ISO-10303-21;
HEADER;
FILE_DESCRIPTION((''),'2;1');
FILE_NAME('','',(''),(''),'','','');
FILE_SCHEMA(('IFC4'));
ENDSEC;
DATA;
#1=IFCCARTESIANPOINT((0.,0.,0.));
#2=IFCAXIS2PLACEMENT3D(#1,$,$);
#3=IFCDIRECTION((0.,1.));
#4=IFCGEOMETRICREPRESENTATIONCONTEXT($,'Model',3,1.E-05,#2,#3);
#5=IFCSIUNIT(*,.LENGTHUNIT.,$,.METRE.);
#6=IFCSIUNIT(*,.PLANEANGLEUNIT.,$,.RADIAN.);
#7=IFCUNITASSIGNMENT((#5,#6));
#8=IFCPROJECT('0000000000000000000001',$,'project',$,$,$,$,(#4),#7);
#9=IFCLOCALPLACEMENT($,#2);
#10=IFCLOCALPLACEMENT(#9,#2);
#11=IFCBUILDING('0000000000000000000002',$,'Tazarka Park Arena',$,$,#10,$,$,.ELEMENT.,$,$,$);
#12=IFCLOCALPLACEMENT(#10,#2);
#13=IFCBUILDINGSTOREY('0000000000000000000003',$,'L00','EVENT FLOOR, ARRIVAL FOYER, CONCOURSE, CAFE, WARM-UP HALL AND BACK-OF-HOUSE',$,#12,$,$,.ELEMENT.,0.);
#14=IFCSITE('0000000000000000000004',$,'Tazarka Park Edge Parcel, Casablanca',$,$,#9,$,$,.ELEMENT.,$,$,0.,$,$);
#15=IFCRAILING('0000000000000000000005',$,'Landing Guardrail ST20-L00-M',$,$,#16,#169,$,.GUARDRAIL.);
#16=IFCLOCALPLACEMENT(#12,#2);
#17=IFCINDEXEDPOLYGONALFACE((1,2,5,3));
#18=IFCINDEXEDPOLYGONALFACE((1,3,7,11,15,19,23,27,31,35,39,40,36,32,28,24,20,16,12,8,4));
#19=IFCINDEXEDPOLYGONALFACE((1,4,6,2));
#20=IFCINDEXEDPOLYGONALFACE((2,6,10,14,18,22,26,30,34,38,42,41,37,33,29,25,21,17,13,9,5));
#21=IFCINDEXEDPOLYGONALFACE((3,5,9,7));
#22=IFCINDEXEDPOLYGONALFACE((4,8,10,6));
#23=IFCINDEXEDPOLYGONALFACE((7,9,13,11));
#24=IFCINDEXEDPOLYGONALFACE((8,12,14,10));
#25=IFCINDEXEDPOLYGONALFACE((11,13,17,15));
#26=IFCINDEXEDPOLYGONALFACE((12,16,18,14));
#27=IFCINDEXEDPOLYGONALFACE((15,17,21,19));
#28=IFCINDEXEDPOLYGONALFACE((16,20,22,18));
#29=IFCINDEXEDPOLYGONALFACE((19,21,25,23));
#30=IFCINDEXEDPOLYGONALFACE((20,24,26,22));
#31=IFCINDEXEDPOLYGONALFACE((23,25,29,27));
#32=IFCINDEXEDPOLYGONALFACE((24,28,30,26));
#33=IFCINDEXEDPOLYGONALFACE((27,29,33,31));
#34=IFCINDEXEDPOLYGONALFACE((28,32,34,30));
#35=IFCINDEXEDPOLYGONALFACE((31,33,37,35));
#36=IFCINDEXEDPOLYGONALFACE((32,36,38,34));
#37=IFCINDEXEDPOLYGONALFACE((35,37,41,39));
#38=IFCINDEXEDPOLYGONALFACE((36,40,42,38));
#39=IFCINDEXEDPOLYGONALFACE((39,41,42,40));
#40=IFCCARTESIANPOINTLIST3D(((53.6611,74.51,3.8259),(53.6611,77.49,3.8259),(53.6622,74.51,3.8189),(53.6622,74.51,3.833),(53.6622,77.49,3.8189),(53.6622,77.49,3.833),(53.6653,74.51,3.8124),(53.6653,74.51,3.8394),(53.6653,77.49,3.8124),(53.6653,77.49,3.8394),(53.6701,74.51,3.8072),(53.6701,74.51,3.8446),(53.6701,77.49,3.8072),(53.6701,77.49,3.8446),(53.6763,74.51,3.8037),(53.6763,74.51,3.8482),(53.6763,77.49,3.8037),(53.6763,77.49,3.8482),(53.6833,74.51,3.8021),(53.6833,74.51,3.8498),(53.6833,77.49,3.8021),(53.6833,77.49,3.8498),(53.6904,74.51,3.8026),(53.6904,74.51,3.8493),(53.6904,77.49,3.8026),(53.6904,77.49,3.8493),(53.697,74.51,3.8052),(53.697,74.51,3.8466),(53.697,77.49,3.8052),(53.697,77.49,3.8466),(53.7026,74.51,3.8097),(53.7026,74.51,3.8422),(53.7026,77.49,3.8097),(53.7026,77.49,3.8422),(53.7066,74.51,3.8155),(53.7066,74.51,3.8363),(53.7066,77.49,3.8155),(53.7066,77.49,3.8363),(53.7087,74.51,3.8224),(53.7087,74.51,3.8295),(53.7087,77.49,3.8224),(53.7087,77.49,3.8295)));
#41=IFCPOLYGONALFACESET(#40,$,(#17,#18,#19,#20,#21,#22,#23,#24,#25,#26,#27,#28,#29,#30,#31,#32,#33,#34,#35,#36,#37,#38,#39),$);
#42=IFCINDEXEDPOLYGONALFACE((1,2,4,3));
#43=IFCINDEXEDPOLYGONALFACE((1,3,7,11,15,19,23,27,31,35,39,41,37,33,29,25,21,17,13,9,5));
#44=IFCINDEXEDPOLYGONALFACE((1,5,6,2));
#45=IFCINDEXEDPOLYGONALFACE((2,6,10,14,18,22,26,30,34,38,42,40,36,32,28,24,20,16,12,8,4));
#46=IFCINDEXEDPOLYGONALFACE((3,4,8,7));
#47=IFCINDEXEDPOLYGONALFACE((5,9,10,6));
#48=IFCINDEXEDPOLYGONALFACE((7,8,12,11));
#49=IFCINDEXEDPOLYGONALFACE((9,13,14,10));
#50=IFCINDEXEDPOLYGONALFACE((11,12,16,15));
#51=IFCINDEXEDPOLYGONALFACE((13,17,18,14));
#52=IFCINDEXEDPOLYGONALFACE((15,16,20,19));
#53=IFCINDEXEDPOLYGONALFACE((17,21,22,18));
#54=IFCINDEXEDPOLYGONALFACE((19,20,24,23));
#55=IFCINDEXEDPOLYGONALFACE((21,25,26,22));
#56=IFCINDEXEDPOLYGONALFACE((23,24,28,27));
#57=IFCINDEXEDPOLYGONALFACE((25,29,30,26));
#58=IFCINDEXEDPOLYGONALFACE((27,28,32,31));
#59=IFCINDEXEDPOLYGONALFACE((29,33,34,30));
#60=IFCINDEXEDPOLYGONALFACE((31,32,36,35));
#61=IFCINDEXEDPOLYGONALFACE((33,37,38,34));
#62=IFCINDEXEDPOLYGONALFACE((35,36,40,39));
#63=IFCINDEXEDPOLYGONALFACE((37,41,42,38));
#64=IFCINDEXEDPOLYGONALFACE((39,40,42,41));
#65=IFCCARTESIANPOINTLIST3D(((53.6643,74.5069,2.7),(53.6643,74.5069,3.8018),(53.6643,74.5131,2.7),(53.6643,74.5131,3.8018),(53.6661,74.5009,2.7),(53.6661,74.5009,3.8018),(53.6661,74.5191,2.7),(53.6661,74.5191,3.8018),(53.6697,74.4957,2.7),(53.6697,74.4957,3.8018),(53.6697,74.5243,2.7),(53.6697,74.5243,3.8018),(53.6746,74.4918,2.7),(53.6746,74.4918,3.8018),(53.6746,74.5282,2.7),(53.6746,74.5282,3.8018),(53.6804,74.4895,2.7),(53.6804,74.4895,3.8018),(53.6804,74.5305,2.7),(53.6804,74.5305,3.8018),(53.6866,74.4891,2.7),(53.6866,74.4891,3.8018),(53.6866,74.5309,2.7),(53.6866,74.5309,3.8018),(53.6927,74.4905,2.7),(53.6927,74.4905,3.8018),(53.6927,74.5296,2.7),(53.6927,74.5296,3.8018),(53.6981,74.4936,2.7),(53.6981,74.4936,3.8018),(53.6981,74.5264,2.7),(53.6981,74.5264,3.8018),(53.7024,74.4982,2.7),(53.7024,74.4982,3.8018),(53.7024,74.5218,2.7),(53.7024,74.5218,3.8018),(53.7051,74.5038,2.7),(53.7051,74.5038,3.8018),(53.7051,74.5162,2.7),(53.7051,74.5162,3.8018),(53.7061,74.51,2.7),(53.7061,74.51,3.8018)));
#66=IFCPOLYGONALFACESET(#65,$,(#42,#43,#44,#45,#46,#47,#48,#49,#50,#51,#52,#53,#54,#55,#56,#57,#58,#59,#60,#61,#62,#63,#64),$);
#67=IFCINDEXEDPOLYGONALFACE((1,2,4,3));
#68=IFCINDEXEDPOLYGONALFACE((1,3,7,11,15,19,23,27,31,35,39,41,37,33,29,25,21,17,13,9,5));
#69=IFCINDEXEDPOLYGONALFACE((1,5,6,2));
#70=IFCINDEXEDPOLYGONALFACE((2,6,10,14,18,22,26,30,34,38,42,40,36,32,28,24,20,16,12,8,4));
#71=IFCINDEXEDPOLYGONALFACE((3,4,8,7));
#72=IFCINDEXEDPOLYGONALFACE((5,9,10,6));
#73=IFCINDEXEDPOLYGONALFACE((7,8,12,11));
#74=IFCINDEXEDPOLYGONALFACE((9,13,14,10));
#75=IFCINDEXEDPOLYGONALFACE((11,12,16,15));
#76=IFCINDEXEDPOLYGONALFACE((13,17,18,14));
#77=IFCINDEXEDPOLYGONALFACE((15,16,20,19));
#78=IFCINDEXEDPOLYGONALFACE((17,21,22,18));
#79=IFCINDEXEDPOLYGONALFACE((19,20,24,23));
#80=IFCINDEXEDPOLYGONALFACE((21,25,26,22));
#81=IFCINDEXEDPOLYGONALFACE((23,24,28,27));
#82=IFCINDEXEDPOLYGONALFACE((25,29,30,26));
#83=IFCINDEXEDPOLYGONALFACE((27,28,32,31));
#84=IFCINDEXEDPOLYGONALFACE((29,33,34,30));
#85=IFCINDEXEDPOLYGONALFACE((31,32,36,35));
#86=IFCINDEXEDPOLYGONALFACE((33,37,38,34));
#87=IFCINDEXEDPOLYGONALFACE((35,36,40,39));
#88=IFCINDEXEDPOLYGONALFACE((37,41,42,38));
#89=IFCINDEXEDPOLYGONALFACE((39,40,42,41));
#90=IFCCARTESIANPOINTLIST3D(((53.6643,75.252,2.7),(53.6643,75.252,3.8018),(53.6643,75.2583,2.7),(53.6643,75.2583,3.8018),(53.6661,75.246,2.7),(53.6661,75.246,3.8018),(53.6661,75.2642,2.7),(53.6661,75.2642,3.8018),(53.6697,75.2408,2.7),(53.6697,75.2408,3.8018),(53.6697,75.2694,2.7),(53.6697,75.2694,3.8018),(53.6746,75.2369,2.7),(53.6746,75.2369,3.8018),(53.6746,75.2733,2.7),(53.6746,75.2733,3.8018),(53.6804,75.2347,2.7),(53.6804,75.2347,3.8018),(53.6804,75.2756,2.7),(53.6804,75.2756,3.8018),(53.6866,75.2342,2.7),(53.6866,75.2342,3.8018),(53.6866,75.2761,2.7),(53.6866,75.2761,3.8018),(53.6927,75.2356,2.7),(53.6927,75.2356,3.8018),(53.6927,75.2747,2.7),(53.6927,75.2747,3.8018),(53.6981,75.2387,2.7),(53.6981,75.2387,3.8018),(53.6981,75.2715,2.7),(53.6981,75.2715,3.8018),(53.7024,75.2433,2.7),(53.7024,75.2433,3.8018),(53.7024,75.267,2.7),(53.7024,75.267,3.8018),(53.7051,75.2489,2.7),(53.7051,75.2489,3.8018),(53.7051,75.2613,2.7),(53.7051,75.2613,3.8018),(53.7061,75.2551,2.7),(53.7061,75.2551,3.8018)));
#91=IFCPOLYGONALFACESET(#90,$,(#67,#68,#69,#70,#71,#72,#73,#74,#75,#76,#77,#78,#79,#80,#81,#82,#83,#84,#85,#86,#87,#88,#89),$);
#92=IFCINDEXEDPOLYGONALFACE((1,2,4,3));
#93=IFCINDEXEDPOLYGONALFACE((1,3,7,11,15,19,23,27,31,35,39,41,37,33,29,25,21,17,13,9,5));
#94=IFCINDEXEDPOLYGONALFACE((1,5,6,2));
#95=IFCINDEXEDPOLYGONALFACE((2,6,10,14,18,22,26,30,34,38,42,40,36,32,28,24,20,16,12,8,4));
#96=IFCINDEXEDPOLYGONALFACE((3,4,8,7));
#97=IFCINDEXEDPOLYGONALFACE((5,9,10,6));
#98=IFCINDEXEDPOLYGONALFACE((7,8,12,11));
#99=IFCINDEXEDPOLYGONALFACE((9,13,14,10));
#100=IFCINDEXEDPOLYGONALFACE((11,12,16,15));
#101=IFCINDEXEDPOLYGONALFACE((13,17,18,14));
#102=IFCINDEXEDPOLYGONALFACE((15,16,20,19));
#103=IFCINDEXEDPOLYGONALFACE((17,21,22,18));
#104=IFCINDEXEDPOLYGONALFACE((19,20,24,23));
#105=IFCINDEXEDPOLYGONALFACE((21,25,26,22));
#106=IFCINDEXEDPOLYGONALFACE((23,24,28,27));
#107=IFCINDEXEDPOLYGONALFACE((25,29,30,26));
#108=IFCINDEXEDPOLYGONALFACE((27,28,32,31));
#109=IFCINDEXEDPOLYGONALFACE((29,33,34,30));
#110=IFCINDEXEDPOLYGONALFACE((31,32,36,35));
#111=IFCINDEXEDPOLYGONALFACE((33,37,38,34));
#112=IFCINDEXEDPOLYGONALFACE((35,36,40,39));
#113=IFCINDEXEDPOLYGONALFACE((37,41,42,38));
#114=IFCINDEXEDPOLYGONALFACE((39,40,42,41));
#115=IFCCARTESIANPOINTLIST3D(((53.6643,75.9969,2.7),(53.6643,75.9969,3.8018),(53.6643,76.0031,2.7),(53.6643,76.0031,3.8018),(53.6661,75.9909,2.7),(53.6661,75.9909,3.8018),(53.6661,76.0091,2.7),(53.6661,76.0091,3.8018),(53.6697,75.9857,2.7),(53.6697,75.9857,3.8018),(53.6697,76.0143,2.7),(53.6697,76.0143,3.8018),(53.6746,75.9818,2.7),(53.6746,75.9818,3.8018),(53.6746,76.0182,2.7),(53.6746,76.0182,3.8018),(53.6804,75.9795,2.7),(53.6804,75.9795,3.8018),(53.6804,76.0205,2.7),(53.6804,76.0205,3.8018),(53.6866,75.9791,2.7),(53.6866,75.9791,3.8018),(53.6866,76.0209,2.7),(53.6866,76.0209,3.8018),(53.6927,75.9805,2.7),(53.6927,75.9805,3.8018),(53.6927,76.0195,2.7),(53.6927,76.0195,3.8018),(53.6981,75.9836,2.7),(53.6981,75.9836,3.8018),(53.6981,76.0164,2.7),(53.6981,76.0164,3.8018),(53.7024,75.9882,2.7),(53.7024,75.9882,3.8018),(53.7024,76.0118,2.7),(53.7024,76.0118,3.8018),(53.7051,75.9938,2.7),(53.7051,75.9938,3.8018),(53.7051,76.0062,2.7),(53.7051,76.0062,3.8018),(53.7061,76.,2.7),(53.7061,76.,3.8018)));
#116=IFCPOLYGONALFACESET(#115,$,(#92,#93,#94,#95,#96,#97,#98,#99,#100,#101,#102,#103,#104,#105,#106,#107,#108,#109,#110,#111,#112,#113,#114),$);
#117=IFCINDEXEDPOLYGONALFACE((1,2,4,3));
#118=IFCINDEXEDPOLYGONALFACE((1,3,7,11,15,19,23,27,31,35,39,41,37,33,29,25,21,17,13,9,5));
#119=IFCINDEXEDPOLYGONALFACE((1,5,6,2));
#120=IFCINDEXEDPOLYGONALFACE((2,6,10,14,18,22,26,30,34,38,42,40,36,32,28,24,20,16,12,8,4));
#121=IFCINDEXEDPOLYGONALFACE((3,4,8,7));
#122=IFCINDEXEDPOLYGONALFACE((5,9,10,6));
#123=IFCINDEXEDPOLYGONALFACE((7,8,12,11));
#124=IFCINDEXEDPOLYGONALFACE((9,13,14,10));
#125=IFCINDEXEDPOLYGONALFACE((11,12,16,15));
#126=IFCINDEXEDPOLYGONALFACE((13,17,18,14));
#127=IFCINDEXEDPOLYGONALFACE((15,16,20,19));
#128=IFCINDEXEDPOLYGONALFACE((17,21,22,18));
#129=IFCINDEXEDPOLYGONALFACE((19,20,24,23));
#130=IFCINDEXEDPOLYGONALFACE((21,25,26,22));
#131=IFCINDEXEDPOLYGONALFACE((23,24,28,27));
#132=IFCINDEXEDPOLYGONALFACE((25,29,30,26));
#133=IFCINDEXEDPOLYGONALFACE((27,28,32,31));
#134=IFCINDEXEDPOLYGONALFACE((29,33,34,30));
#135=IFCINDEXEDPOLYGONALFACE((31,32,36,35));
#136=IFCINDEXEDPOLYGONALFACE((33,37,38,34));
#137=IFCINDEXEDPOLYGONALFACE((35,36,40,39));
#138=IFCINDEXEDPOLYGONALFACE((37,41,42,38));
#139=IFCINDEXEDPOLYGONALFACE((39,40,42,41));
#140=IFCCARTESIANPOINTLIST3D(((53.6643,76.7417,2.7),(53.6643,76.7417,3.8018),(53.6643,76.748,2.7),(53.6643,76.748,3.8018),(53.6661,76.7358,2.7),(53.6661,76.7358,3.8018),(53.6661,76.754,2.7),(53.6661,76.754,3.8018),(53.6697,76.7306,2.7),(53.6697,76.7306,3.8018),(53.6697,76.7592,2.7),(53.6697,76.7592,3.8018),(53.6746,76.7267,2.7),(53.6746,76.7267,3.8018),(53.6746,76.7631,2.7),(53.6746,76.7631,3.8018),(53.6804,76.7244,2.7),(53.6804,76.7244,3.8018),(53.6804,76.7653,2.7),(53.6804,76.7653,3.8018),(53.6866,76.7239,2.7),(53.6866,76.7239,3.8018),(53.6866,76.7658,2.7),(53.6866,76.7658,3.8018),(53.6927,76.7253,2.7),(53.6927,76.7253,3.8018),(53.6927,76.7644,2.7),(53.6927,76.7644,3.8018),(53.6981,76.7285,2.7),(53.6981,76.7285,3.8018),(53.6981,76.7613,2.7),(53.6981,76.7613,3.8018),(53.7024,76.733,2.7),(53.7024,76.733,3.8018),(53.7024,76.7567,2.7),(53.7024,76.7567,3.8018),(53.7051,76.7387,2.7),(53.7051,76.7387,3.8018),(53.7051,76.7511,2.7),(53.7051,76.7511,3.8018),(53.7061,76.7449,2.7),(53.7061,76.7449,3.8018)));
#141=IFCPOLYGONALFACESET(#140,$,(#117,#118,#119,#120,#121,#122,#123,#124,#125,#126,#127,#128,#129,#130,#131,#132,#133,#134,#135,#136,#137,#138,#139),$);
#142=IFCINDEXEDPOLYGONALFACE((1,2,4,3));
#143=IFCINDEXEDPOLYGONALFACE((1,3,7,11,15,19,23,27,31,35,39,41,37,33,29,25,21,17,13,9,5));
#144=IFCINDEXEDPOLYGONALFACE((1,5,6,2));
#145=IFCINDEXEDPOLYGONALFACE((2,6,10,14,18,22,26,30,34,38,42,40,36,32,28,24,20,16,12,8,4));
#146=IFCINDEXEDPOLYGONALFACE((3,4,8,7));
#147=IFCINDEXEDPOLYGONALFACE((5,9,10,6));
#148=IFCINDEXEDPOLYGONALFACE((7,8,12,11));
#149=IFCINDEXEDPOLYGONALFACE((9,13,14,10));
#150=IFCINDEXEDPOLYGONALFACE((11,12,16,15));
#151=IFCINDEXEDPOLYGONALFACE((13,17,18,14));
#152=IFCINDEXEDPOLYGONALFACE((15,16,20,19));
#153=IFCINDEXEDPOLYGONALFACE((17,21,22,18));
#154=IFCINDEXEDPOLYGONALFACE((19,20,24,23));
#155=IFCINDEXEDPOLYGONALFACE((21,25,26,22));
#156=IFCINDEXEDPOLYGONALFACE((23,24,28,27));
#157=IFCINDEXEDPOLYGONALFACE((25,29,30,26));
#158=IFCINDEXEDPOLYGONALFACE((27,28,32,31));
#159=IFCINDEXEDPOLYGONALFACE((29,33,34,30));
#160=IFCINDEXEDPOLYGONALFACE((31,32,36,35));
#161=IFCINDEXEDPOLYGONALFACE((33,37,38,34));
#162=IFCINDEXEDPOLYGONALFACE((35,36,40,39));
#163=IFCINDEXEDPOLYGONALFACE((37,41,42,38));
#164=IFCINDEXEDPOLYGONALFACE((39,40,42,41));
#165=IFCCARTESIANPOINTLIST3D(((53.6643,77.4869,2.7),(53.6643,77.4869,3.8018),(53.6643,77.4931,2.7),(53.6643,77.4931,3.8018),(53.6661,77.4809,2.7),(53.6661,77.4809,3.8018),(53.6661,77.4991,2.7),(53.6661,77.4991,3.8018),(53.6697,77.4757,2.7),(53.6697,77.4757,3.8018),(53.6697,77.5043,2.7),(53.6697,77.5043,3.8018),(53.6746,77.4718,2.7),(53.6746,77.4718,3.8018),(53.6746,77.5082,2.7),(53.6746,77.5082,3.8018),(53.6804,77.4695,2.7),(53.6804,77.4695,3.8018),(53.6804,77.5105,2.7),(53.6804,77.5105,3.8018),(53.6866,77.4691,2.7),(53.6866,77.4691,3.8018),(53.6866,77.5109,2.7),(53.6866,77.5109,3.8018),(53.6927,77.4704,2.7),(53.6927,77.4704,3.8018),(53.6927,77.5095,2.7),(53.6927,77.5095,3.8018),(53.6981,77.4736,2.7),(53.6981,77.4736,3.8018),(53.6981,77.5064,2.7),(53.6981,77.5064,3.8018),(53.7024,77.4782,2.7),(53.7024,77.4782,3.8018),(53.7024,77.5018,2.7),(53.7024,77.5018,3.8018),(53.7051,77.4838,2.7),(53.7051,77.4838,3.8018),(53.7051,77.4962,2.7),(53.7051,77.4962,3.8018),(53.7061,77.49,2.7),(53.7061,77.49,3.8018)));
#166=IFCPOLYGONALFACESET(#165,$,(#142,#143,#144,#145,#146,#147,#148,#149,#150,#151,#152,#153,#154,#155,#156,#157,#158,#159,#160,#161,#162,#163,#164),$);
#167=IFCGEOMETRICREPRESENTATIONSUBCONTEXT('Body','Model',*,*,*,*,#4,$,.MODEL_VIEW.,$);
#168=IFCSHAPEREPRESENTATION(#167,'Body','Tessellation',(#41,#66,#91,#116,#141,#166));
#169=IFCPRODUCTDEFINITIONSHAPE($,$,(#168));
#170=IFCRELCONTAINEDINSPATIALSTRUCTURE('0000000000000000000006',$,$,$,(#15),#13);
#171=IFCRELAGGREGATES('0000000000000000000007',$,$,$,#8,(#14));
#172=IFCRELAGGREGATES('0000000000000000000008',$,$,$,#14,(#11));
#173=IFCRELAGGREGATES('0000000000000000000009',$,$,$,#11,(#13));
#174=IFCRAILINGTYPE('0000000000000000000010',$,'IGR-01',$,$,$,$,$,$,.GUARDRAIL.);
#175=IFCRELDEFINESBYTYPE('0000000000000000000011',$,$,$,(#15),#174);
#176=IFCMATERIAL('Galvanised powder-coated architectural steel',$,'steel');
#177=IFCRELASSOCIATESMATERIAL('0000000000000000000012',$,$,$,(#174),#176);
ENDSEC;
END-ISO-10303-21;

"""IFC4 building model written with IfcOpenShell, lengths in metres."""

from ifc_helpers import new_model, si_unit, direction, frame, origin, origin_2d, place, context, subcontext, project, spatial, circle, extrude, material, type_object, element, save


model = new_model("IFC4")

# Units and contexts
model_context = context("Model", 3, precision=1e-05, world=origin(), true_north=direction((0.0, 1.0)))
body_context = subcontext(model_context, "Body", "Model", "MODEL_VIEW")
ifc_project = project(units=[si_unit("LENGTHUNIT", "METRE"), si_unit("PLANEANGLEUNIT", "RADIAN")], contexts=[model_context])

# Site, building, storey
site_placement = place(None, origin())
site = spatial("IfcSite", under=ifc_project, at=site_placement, Name="Tazarka Park Edge Parcel, Casablanca", CompositionType="ELEMENT", RefElevation=0.0)
building_placement = place(site_placement, origin())
building = spatial("IfcBuilding", under=site, at=building_placement, Name="Tazarka Park Arena", CompositionType="ELEMENT")
storey_placement = place(building_placement, origin())
storey = spatial("IfcBuildingStorey", under=building, at=storey_placement, Name="L00", Description="EVENT FLOOR, ARRIVAL FOYER, CONCOURSE, CAFE, WARM-UP HALL AND BACK-OF-HOUSE", CompositionType="ELEMENT", Elevation=0.0)

# Railing
ifc_material_1 = material(Name="Galvanised powder-coated architectural steel", Category="steel")
railing_type_1 = type_object("IfcRailingType", Name="IGR-01", PredefinedType="GUARDRAIL", material=ifc_material_1)
for number, where, name in (
    (1, (53.6851, 74.51, 2.7), "Landing Guardrail ST20-L00-M"),
):
    element("IfcRailing", number, at=place(storey_placement, frame(where)), inside=storey, type_object=railing_type_1, Name=name, PredefinedType="GUARDRAIL", context=body_context, shape_type="SweptSolid", body=[
        extrude(circle(Radius=0.0239, at=origin_2d()), frame((0.0, 0.0, 1.126), z_axis=(0.0, 1.0, 0.0), x_axis=(-1.0, 0.0, 0.0)), (0.0, 0.0, 1.0), 2.98),
        extrude(circle(Radius=0.021, at=origin_2d()), origin(), (0.0, 0.0, 1.0), 1.1018),
        extrude(circle(Radius=0.021, at=origin_2d()), frame((0.0, 0.7451, 0.0)), (0.0, 0.0, 1.0), 1.1018),
        extrude(circle(Radius=0.021, at=origin_2d()), frame((0.0, 1.49, 0.0)), (0.0, 0.0, 1.0), 1.1018),
        extrude(circle(Radius=0.021, at=origin_2d()), frame((0.0, 2.2349, 0.0)), (0.0, 0.0, 1.0), 1.1018),
        extrude(circle(Radius=0.021, at=origin_2d()), frame((0.0, 2.98, 0.0)), (0.0, 0.0, 1.0), 1.1018),
    ])

save(model, "model.ifc")
